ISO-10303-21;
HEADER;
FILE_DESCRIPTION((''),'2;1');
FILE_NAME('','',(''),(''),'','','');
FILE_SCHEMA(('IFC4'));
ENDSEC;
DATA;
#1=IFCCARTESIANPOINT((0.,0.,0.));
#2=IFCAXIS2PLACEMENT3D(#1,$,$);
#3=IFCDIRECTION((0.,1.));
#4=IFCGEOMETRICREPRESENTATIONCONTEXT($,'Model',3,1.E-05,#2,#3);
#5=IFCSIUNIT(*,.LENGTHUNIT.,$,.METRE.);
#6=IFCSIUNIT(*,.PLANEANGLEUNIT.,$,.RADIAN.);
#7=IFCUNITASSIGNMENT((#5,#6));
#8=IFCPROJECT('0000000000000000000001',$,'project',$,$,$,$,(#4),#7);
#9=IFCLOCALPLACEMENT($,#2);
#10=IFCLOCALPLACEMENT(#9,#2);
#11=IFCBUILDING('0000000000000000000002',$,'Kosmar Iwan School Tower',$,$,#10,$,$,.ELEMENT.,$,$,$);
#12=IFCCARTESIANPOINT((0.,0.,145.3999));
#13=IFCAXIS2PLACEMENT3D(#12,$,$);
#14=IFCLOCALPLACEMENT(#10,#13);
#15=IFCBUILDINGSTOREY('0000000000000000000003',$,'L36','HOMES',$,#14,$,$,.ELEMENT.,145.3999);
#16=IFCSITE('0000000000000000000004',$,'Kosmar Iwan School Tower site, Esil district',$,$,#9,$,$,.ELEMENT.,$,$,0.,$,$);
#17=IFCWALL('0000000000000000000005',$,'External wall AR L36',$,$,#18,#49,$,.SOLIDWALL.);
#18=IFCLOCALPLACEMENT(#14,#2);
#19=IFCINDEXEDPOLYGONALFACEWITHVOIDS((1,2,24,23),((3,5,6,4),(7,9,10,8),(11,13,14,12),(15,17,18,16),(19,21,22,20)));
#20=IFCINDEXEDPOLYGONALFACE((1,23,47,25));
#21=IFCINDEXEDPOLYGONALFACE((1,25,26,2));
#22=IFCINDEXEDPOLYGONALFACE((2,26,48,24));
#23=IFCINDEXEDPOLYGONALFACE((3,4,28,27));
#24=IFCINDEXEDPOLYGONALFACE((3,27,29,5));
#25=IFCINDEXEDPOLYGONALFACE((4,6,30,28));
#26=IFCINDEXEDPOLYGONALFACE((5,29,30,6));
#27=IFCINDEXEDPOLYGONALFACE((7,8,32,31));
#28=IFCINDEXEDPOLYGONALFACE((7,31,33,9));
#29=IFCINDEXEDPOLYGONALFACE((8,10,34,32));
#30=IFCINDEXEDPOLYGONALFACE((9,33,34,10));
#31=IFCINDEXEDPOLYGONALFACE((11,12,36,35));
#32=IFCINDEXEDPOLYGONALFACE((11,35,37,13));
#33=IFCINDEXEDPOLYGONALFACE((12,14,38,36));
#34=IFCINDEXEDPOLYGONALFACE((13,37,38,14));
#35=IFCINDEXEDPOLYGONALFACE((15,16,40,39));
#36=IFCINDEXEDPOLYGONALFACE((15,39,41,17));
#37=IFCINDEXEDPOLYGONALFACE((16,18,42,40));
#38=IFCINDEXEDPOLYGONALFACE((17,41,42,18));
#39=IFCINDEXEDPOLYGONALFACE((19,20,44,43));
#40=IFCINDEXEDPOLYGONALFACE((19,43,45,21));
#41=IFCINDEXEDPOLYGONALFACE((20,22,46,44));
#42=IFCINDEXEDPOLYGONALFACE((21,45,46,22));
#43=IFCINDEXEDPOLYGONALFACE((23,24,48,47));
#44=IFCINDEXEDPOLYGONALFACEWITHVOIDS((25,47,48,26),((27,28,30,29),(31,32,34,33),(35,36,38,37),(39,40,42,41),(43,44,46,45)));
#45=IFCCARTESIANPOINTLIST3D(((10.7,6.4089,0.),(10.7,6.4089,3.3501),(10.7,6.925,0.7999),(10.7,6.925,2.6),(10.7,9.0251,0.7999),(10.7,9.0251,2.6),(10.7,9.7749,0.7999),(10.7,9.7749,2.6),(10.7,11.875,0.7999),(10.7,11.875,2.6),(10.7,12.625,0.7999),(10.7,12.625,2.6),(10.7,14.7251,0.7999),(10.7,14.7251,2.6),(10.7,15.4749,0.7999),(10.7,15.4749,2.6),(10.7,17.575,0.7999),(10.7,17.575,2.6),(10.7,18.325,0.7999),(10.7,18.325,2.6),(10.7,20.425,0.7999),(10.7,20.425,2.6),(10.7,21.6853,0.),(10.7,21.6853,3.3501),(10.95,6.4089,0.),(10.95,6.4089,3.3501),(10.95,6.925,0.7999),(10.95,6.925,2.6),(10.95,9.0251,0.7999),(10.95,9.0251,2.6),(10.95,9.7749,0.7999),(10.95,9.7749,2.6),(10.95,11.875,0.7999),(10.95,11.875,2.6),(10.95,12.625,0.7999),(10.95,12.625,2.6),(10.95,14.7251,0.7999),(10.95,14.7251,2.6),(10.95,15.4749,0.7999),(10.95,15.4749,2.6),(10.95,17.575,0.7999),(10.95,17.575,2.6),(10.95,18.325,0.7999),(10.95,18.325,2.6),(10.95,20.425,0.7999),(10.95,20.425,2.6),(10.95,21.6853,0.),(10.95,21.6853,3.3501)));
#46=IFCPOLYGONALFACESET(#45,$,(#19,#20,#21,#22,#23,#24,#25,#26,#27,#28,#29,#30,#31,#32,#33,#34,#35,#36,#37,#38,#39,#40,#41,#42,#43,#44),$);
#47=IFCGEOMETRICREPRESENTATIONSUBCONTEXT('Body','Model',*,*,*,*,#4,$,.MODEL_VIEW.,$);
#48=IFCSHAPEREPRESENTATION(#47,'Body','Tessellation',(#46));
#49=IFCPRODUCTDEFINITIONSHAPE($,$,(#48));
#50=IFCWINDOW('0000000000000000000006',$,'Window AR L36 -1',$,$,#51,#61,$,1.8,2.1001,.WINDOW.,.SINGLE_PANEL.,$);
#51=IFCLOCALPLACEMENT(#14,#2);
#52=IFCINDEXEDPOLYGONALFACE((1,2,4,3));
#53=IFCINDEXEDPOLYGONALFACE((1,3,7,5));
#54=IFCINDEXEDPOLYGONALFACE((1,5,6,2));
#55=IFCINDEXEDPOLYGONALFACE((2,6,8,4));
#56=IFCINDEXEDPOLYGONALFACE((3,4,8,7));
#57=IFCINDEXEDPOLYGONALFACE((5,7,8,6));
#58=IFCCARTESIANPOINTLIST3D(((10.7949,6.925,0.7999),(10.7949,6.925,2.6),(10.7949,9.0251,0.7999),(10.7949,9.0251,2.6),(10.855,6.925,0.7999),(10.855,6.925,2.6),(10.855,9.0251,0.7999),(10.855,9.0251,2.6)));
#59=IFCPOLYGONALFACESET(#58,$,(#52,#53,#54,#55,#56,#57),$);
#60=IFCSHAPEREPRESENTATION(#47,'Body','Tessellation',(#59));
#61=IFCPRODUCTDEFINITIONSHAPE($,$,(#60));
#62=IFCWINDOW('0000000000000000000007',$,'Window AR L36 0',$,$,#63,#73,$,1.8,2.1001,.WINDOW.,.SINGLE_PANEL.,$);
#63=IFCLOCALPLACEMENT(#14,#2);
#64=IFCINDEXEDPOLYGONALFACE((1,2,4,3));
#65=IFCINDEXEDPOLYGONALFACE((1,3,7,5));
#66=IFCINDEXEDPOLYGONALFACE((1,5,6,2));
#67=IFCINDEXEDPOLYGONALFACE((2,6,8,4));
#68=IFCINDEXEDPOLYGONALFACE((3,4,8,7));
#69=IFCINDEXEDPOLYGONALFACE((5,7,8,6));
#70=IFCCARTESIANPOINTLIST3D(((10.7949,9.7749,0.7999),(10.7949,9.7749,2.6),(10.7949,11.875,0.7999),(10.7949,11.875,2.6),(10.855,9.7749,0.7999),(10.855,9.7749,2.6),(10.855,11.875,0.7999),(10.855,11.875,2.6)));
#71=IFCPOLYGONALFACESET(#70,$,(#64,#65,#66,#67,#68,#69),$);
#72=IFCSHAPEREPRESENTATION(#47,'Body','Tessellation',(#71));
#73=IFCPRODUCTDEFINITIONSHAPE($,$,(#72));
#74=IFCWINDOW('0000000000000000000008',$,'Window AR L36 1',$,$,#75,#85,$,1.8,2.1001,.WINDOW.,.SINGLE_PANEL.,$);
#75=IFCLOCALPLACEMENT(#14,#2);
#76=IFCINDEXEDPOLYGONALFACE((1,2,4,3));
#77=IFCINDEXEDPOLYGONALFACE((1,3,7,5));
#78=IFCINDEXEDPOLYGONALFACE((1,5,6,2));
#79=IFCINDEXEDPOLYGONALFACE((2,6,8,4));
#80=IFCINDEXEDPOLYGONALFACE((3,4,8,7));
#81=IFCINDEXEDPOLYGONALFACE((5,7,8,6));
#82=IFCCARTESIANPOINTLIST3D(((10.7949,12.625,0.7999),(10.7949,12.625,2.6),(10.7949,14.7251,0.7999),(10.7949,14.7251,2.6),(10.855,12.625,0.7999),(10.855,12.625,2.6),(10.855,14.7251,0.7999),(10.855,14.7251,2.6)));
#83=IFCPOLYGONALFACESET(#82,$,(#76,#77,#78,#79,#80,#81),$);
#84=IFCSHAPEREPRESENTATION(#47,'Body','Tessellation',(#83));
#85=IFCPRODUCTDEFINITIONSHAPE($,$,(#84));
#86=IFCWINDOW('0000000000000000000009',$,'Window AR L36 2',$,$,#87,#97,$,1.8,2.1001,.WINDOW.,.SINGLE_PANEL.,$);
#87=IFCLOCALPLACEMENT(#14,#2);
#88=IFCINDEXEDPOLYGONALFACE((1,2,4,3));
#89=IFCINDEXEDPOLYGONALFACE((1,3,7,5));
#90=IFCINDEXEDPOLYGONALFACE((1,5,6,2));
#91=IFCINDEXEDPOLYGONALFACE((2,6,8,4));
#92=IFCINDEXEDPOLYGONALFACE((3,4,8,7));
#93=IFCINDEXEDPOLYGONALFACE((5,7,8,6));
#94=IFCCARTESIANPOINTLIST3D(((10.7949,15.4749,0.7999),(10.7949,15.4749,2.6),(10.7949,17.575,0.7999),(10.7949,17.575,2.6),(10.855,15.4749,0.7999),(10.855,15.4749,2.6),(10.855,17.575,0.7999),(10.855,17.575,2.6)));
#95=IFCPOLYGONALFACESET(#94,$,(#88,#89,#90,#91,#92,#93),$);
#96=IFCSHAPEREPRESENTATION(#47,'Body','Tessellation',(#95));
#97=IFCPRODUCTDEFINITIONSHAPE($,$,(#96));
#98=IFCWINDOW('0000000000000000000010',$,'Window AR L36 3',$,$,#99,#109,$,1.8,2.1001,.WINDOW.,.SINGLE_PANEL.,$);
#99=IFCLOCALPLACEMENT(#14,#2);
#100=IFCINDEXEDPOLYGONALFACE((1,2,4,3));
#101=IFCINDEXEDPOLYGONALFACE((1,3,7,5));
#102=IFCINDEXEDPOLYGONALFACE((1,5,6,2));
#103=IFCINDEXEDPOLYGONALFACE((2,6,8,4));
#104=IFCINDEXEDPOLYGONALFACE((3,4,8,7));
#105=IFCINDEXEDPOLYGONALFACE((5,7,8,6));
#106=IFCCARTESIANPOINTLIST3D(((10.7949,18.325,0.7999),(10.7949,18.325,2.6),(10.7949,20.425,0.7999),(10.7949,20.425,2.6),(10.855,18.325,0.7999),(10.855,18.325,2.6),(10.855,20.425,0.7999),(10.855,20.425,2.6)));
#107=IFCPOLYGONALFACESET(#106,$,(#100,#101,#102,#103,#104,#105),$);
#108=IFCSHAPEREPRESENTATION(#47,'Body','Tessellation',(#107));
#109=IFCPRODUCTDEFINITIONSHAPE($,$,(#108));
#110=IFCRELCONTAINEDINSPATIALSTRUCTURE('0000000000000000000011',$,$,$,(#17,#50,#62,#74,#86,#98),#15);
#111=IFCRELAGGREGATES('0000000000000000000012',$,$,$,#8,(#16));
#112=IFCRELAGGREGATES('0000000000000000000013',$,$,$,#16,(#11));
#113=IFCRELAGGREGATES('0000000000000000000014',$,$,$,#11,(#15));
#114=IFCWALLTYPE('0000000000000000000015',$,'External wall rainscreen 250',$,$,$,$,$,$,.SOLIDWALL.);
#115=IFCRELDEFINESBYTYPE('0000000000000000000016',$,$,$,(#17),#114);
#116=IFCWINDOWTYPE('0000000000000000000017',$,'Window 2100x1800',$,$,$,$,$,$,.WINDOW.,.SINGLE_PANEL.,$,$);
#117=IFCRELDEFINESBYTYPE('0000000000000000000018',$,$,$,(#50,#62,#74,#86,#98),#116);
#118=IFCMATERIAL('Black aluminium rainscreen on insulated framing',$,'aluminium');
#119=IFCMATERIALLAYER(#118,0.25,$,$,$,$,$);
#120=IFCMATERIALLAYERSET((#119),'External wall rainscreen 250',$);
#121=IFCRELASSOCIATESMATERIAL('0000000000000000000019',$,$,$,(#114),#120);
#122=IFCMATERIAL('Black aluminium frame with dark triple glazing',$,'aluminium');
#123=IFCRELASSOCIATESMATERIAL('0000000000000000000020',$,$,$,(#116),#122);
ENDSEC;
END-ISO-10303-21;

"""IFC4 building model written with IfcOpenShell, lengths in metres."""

from ifc_helpers import new_model, si_unit, direction, frame, frame_2d, origin, place, context, subcontext, project, spatial, rectangle, extrude, material, layer, layer_set, type_object, element, fill, save


model = new_model("IFC4")

# Units and contexts
model_context = context("Model", 3, precision=1e-05, world=origin(), true_north=direction((0.0, 1.0)))
body_context = subcontext(model_context, "Body", "Model", "MODEL_VIEW")
ifc_project = project(units=[si_unit("LENGTHUNIT", "METRE"), si_unit("PLANEANGLEUNIT", "RADIAN")], contexts=[model_context])

# Site, building, storey
site_placement = place(None, origin())
site = spatial("IfcSite", under=ifc_project, at=site_placement, Name="Kosmar Iwan School Tower site, Esil district", CompositionType="ELEMENT", RefElevation=0.0)
building_placement = place(site_placement, origin())
building = spatial("IfcBuilding", under=site, at=building_placement, Name="Kosmar Iwan School Tower", CompositionType="ELEMENT")
storey_placement = place(building_placement, frame((0.0, 0.0, 145.3999)))
storey = spatial("IfcBuildingStorey", under=building, at=storey_placement, Name="L36", Description="HOMES", CompositionType="ELEMENT", Elevation=145.3999)

# Wall, openings, windows
ifc_material_1 = material(Name="Black aluminium rainscreen on insulated framing", Category="aluminium")
ifc_layer = layer(ifc_material_1, 0.25)
ifc_layer_set = layer_set([ifc_layer], Name="External wall rainscreen 250")
wall_type = type_object("IfcWallType", Name="External wall rainscreen 250", PredefinedType="SOLIDWALL", material=ifc_layer_set)
ifc_material_2 = material(Name="Black aluminium frame with dark triple glazing", Category="aluminium")
window_type = type_object("IfcWindowType", Name="Window 2100x1800", PartitioningType="SINGLE_PANEL", PredefinedType="WINDOW", material=ifc_material_2)
wall_1_placement = place(storey_placement, frame((10.825, 6.4089, 0.0), z_axis=(0.0, 0.0, 1.0), x_axis=(0.0, 1.0, 0.0)))
wall_1 = element("IfcWall", 1, at=wall_1_placement, inside=storey, type_object=wall_type, Name="External wall AR L36", PredefinedType="SOLIDWALL", context=body_context, shape_type="SweptSolid", body=[
    extrude(rectangle(XDim=15.2764, YDim=0.25, at=frame_2d((7.6382, 0.0))), origin(), (0.0, 0.0, 1.0), 3.3501),
])
opening_1_placement = place(wall_1_placement, frame((0.5161, 0.0, 0.8)))
opening_1 = element("IfcOpeningElement", 2, at=opening_1_placement, cuts=wall_1, PredefinedType="OPENING", context=body_context, shape_type="SweptSolid", body=[
    extrude(rectangle(XDim=2.1001, YDim=1.8, at=frame_2d((1.05, 0.8999))), frame((0.0, 0.137, 0.0), z_axis=(0.0, -1.0, 0.0), x_axis=(1.0, 0.0, 0.0)), (0.0, 0.0, 1.0), 0.2739),
])
opening_2_placement = place(wall_1_placement, frame((3.366, 0.0, 0.8)))
opening_2 = element("IfcOpeningElement", 3, at=opening_2_placement, cuts=wall_1, PredefinedType="OPENING", context=body_context, shape_type="SweptSolid", body=[
    extrude(rectangle(XDim=2.1001, YDim=1.8, at=frame_2d((1.05, 0.8999))), frame((0.0, 0.137, 0.0), z_axis=(0.0, -1.0, 0.0), x_axis=(1.0, 0.0, 0.0)), (0.0, 0.0, 1.0), 0.2739),
])
opening_3_placement = place(wall_1_placement, frame((6.2161, 0.0, 0.8)))
opening_3 = element("IfcOpeningElement", 4, at=opening_3_placement, cuts=wall_1, PredefinedType="OPENING", context=body_context, shape_type="SweptSolid", body=[
    extrude(rectangle(XDim=2.1001, YDim=1.8, at=frame_2d((1.05, 0.8999))), frame((0.0, 0.137, 0.0), z_axis=(0.0, -1.0, 0.0), x_axis=(1.0, 0.0, 0.0)), (0.0, 0.0, 1.0), 0.2739),
])
opening_4_placement = place(wall_1_placement, frame((9.0659, 0.0, 0.8)))
opening_4 = element("IfcOpeningElement", 5, at=opening_4_placement, cuts=wall_1, PredefinedType="OPENING", context=body_context, shape_type="SweptSolid", body=[
    extrude(rectangle(XDim=2.1001, YDim=1.8, at=frame_2d((1.05, 0.8999))), frame((0.0, 0.137, 0.0), z_axis=(0.0, -1.0, 0.0), x_axis=(1.0, 0.0, 0.0)), (0.0, 0.0, 1.0), 0.2739),
])
opening_5_placement = place(wall_1_placement, frame((11.916, 0.0, 0.8)))
opening_5 = element("IfcOpeningElement", 6, at=opening_5_placement, cuts=wall_1, PredefinedType="OPENING", context=body_context, shape_type="SweptSolid", body=[
    extrude(rectangle(XDim=2.1001, YDim=1.8, at=frame_2d((1.05, 0.8999))), frame((0.0, 0.137, 0.0), z_axis=(0.0, -1.0, 0.0), x_axis=(1.0, 0.0, 0.0)), (0.0, 0.0, 1.0), 0.2739),
])
window_1_placement = place(opening_1_placement, origin())
window_1 = element("IfcWindow", 7, at=window_1_placement, inside=storey, type_object=window_type, Name="Window AR L36 -1", OverallHeight=1.8, OverallWidth=2.1001, PartitioningType="SINGLE_PANEL", PredefinedType="WINDOW", context=body_context, shape_type="SweptSolid", body=[
    extrude(rectangle(XDim=2.1001, YDim=1.8, at=frame_2d((1.05, 0.8999))), frame((0.0, 0.03, 0.0), z_axis=(0.0, -1.0, 0.0), x_axis=(1.0, 0.0, 0.0)), (0.0, 0.0, 1.0), 0.0601),
])
fill(opening_1, window_1)
window_2_placement = place(opening_2_placement, origin())
window_2 = element("IfcWindow", 8, at=window_2_placement, inside=storey, type_object=window_type, Name="Window AR L36 0", OverallHeight=1.8, OverallWidth=2.1001, PartitioningType="SINGLE_PANEL", PredefinedType="WINDOW", context=body_context, shape_type="SweptSolid", body=[
    extrude(rectangle(XDim=2.1001, YDim=1.8, at=frame_2d((1.05, 0.8999))), frame((0.0, 0.03, 0.0), z_axis=(0.0, -1.0, 0.0), x_axis=(1.0, 0.0, 0.0)), (0.0, 0.0, 1.0), 0.0601),
])
fill(opening_2, window_2)
window_3_placement = place(opening_3_placement, origin())
window_3 = element("IfcWindow", 9, at=window_3_placement, inside=storey, type_object=window_type, Name="Window AR L36 1", OverallHeight=1.8, OverallWidth=2.1001, PartitioningType="SINGLE_PANEL", PredefinedType="WINDOW", context=body_context, shape_type="SweptSolid", body=[
    extrude(rectangle(XDim=2.1001, YDim=1.8, at=frame_2d((1.05, 0.8999))), frame((0.0, 0.03, 0.0), z_axis=(0.0, -1.0, 0.0), x_axis=(1.0, 0.0, 0.0)), (0.0, 0.0, 1.0), 0.0601),
])
fill(opening_3, window_3)
window_4_placement = place(opening_4_placement, origin())
window_4 = element("IfcWindow", 10, at=window_4_placement, inside=storey, type_object=window_type, Name="Window AR L36 2", OverallHeight=1.8, OverallWidth=2.1001, PartitioningType="SINGLE_PANEL", PredefinedType="WINDOW", context=body_context, shape_type="SweptSolid", body=[
    extrude(rectangle(XDim=2.1001, YDim=1.8, at=frame_2d((1.05, 0.8999))), frame((0.0, 0.03, 0.0), z_axis=(0.0, -1.0, 0.0), x_axis=(1.0, 0.0, 0.0)), (0.0, 0.0, 1.0), 0.0601),
])
fill(opening_4, window_4)
window_5_placement = place(opening_5_placement, origin())
window_5 = element("IfcWindow", 11, at=window_5_placement, inside=storey, type_object=window_type, Name="Window AR L36 3", OverallHeight=1.8, OverallWidth=2.1001, PartitioningType="SINGLE_PANEL", PredefinedType="WINDOW", context=body_context, shape_type="SweptSolid", body=[
    extrude(rectangle(XDim=2.1001, YDim=1.8, at=frame_2d((1.05, 0.8999))), frame((0.0, 0.03, 0.0), z_axis=(0.0, -1.0, 0.0), x_axis=(1.0, 0.0, 0.0)), (0.0, 0.0, 1.0), 0.0601),
])
fill(opening_5, window_5)

save(model, "model.ifc")
